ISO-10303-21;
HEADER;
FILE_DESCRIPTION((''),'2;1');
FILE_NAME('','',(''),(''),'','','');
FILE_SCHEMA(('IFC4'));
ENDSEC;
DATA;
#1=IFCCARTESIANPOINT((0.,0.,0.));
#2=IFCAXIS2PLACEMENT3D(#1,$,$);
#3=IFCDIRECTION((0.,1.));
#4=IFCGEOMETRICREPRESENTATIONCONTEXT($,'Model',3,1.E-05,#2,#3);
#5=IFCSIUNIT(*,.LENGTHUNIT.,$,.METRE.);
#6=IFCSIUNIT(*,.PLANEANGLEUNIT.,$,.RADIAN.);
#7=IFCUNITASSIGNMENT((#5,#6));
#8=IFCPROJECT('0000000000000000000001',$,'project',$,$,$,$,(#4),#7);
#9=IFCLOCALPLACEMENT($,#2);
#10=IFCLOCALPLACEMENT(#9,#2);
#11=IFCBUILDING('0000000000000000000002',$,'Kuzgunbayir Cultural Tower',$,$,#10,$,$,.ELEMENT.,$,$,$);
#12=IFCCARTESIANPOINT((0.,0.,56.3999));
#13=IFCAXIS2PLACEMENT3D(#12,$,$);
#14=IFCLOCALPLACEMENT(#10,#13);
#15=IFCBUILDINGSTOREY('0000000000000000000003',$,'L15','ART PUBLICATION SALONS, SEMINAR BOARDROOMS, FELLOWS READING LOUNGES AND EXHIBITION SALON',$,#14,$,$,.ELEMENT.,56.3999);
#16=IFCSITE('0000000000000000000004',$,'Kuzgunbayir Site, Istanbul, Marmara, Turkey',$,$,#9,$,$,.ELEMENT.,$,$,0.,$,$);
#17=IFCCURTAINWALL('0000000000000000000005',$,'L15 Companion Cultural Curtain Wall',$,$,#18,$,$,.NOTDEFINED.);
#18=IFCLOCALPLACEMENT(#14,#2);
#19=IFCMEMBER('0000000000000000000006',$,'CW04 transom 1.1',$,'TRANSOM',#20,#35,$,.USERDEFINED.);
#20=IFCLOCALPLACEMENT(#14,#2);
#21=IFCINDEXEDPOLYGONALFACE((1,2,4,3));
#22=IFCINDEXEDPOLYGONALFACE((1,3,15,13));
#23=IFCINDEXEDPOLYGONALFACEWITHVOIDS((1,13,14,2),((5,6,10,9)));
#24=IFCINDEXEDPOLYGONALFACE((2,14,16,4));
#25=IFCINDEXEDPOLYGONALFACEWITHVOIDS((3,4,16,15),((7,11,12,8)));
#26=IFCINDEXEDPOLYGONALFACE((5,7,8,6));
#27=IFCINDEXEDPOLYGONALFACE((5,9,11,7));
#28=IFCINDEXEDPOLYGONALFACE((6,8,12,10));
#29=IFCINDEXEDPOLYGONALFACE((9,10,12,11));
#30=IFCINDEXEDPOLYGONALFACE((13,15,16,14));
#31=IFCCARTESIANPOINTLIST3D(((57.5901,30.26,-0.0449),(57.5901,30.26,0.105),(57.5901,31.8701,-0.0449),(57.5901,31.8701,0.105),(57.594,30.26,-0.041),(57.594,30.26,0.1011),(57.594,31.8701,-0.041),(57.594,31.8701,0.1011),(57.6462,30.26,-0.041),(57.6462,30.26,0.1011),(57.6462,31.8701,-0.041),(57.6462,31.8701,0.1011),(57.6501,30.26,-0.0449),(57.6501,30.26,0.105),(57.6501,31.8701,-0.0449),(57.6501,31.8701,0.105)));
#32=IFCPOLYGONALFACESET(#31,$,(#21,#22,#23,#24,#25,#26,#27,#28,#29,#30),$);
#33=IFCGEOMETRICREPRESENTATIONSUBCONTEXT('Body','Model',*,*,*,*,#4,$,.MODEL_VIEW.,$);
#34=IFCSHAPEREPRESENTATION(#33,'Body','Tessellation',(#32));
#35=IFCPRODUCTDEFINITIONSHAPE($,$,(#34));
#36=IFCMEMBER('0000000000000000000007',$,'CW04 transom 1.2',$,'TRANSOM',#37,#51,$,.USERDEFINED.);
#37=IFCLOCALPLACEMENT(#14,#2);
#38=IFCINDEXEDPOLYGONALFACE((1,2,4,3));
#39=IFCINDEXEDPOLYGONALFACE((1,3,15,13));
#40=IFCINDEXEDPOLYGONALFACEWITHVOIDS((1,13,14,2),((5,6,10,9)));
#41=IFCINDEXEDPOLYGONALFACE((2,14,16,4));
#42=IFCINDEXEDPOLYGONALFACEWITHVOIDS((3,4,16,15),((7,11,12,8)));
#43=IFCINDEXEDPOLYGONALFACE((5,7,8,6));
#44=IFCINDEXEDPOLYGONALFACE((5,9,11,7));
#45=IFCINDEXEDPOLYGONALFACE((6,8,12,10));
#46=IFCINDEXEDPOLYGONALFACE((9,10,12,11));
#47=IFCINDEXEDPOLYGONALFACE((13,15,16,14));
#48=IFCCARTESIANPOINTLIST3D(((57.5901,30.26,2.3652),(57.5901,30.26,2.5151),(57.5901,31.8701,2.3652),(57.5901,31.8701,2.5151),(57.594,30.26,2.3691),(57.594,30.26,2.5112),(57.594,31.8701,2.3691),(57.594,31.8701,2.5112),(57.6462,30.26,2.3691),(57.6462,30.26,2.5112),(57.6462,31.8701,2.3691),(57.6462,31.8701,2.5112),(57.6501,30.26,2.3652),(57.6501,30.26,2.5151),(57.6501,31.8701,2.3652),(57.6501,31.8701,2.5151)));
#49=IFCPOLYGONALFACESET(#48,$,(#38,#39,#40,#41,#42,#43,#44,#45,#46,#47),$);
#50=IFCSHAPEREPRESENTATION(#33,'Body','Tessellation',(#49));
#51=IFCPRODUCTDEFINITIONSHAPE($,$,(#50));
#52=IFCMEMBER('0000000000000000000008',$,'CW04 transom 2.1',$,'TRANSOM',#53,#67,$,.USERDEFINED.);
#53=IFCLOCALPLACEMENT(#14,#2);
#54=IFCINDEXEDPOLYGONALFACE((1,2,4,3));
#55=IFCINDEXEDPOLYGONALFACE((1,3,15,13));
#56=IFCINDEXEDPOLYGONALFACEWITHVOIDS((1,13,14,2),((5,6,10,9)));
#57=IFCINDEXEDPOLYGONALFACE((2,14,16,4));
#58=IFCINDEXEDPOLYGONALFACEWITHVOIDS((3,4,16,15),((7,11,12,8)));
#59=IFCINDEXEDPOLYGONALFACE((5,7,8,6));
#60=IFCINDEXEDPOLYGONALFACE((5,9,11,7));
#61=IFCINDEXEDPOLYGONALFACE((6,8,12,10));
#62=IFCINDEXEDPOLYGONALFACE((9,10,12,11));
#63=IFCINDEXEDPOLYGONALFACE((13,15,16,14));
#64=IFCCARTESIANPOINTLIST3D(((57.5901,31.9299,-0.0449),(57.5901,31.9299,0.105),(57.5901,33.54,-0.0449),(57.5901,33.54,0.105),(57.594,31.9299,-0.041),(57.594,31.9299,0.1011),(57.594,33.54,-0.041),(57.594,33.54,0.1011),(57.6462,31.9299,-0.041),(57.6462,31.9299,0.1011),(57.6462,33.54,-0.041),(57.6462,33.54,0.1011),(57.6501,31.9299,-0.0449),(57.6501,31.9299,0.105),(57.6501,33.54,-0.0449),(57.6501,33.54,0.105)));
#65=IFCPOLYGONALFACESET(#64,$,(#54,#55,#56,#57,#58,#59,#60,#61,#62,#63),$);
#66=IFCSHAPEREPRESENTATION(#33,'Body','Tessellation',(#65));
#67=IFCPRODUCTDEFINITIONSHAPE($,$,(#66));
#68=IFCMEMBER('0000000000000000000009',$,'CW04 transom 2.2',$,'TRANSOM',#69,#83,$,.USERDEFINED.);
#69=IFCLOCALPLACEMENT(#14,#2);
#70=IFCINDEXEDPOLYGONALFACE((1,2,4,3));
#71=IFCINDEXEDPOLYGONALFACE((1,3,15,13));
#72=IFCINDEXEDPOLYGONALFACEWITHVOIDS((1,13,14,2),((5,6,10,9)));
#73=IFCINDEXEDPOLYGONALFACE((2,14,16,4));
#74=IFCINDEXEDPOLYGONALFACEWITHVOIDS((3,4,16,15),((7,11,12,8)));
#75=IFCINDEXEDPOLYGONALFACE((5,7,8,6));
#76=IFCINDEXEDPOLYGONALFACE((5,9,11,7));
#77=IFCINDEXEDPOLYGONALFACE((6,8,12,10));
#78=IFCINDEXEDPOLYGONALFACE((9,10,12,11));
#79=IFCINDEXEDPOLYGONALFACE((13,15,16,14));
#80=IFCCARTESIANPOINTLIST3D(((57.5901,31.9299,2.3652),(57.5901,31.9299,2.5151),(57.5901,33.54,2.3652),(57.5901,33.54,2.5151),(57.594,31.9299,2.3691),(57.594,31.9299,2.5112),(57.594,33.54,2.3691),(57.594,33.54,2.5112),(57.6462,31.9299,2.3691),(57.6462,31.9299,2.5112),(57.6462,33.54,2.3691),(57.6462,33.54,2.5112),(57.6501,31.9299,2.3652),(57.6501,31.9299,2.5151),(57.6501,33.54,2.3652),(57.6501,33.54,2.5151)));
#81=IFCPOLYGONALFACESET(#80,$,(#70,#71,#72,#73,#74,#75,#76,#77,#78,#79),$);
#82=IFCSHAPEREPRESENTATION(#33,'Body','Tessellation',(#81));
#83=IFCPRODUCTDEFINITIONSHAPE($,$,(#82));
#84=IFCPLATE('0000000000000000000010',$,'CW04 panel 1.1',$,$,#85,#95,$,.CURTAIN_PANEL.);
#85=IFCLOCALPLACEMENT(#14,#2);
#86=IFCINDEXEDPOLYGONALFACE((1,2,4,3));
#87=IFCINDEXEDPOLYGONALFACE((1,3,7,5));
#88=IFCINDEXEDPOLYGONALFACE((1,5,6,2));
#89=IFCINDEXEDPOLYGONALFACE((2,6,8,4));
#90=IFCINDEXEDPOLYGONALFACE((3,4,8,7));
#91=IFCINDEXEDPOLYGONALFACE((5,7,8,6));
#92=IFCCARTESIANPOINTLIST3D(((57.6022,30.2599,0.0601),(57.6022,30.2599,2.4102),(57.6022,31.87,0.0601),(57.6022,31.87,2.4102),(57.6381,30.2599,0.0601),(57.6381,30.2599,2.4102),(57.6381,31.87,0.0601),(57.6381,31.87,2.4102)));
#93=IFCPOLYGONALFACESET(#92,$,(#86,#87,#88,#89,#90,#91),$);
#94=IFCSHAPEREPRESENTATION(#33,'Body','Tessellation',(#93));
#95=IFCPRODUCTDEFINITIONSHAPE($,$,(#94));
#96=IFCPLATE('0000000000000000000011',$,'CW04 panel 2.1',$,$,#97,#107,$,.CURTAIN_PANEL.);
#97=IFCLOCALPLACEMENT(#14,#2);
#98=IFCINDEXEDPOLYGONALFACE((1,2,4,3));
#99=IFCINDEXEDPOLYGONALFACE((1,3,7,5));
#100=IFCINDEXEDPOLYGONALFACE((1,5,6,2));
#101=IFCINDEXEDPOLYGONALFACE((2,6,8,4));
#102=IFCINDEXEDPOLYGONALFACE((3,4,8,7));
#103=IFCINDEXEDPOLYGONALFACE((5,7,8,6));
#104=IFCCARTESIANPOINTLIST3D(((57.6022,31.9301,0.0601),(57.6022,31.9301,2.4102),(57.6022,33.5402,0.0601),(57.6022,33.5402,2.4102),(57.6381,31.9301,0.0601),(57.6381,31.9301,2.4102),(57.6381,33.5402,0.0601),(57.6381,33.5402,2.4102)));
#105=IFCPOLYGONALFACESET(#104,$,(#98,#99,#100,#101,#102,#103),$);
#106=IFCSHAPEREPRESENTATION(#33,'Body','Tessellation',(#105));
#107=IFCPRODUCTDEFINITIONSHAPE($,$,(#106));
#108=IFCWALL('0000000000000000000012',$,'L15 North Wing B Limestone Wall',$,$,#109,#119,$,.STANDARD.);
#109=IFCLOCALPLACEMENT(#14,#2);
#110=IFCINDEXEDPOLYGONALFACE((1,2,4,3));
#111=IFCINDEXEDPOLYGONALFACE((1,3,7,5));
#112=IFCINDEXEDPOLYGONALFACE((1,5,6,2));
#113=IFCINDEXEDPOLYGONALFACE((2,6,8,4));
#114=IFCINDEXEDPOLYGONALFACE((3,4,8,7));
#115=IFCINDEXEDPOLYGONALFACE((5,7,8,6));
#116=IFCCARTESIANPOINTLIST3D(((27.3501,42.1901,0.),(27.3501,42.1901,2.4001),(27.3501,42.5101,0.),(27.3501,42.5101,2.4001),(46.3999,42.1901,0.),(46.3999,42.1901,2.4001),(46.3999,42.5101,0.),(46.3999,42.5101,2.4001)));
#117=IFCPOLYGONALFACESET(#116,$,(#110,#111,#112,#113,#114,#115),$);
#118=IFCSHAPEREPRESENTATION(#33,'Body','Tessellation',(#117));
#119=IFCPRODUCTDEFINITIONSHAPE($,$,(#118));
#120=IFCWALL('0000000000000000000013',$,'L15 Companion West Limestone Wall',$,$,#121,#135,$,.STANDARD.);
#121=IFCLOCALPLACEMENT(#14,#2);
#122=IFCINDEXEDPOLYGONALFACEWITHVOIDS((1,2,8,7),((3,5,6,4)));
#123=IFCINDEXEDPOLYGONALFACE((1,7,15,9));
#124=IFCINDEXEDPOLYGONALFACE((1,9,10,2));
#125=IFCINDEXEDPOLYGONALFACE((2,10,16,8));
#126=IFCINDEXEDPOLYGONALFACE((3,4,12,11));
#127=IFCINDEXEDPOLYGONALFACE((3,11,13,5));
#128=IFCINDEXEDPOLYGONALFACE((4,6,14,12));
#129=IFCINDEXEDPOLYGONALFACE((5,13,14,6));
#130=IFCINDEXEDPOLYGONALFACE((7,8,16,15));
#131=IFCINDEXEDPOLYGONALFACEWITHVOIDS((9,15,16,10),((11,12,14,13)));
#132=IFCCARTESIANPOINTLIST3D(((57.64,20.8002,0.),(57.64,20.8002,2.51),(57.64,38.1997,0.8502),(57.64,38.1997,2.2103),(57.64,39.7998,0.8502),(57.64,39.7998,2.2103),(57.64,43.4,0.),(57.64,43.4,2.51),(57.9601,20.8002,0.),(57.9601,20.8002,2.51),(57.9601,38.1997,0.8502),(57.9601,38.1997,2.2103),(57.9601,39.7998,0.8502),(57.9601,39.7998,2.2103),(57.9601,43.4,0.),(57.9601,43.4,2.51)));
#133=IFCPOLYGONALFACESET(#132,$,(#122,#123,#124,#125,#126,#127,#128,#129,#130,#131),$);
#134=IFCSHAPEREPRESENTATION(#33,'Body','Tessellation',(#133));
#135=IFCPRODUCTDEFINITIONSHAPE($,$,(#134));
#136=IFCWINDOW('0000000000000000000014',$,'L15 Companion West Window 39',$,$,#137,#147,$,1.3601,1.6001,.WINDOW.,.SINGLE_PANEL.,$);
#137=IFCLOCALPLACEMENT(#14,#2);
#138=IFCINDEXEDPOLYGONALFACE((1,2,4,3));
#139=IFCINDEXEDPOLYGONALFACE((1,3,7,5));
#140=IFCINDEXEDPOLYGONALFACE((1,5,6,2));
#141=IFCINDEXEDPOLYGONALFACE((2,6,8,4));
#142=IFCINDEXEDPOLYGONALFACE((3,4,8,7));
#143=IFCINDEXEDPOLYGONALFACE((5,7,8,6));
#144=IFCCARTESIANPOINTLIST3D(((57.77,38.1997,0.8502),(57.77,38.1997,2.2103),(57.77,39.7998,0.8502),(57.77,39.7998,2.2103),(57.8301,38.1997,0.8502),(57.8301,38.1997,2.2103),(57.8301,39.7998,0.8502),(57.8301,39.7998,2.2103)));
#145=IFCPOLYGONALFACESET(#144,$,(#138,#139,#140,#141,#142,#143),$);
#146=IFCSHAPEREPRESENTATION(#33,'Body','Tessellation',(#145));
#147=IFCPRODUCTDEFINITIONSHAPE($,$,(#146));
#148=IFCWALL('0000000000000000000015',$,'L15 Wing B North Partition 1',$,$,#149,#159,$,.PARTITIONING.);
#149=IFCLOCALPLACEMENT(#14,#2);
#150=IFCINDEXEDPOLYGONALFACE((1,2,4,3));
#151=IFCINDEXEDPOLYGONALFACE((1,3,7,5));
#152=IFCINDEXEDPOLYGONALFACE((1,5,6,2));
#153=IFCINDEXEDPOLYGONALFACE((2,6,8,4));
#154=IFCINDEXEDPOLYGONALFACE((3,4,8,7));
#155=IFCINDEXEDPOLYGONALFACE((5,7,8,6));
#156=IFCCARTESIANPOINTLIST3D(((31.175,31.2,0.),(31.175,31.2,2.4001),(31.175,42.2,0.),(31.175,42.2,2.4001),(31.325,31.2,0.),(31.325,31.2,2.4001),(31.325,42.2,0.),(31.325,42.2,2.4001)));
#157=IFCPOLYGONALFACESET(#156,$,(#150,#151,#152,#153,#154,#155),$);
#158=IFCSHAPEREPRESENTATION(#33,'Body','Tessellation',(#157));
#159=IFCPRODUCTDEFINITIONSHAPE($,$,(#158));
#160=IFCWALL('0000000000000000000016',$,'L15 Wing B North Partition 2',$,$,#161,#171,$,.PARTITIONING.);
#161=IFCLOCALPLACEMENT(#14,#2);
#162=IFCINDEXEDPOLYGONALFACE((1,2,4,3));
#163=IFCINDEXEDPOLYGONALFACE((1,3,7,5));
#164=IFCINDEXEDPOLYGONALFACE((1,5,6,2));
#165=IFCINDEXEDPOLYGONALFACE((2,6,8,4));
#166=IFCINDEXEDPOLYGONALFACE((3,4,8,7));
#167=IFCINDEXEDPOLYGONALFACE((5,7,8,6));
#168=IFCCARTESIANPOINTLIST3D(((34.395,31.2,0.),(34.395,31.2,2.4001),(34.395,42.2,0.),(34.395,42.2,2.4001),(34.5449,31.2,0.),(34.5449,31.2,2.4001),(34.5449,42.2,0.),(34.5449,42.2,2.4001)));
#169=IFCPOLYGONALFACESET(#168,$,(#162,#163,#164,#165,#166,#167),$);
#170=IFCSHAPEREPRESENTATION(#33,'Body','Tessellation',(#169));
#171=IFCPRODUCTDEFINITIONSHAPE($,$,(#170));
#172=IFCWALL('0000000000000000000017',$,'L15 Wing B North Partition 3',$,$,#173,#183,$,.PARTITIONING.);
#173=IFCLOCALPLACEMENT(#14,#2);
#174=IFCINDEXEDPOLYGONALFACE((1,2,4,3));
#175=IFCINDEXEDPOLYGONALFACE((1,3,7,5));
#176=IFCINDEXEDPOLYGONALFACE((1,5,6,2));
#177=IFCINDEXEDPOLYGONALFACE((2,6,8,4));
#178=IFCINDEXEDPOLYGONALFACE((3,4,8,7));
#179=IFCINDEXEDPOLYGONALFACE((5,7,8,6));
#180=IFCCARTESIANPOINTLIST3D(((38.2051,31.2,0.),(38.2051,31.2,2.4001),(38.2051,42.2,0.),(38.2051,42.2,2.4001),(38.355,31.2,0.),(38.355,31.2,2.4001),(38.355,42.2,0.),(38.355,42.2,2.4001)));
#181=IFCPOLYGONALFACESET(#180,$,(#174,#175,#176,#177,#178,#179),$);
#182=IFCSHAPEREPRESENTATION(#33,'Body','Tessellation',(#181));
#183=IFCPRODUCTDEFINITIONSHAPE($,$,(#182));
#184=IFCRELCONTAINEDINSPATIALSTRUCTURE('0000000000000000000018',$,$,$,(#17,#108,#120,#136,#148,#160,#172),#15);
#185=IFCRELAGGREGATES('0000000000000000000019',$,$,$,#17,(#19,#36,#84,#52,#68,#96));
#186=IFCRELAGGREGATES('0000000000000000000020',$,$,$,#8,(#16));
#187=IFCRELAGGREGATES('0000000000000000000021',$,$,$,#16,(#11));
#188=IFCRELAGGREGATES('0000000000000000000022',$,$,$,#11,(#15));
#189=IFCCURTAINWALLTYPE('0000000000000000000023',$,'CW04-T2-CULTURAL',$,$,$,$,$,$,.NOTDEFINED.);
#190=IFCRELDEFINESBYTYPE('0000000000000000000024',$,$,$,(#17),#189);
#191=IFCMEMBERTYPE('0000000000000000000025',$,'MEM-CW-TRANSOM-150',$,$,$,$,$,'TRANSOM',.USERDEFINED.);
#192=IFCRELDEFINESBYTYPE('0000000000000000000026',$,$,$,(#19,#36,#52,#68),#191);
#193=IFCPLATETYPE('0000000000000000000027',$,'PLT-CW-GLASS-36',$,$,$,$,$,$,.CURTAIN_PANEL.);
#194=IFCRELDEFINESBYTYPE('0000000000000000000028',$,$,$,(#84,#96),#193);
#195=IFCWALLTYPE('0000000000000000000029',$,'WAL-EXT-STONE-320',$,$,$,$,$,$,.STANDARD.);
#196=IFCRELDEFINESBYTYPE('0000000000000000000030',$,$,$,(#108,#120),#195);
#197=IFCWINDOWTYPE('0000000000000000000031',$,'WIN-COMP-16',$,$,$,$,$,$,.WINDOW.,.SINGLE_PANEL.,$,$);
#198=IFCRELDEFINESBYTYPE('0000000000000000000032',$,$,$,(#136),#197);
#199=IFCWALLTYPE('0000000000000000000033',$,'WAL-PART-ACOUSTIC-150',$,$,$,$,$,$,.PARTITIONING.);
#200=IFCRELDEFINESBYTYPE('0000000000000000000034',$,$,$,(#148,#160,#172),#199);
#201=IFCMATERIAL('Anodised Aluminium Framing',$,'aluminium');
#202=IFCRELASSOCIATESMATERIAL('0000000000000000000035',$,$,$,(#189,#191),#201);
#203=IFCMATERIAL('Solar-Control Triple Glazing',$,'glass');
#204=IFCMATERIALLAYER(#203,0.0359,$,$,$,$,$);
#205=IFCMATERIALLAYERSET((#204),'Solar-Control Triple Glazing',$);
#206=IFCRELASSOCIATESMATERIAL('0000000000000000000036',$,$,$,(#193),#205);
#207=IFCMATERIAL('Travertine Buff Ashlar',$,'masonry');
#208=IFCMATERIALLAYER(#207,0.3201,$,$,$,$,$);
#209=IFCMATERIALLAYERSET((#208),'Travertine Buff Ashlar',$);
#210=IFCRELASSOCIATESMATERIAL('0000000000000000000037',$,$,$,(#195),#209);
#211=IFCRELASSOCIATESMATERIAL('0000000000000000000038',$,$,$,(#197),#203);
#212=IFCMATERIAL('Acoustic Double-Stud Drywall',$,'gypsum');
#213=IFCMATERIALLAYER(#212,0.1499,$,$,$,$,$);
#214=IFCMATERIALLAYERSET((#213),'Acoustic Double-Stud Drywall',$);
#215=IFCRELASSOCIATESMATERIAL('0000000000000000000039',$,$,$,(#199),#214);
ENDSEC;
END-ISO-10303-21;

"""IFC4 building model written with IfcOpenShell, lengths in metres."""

from ifc_helpers import new_model, si_unit, direction, frame, frame_2d, origin, origin_2d, place, context, subcontext, project, spatial, rectangle, hollow_rectangle, extrude, material, layer, layer_set, material_profile, profile_set, type_object, element, fill, aggregate, save


model = new_model("IFC4")

# Units and contexts
model_context = context("Model", 3, precision=1e-05, world=origin(), true_north=direction((0.0, 1.0)))
body_context = subcontext(model_context, "Body", "Model", "MODEL_VIEW")
ifc_project = project(units=[si_unit("LENGTHUNIT", "METRE"), si_unit("PLANEANGLEUNIT", "RADIAN")], contexts=[model_context])

# Site, building, storey
site_placement = place(None, origin())
site = spatial("IfcSite", under=ifc_project, at=site_placement, Name="Kuzgunbayir Site, Istanbul, Marmara, Turkey", CompositionType="ELEMENT", RefElevation=0.0)
building_placement = place(site_placement, origin())
building = spatial("IfcBuilding", under=site, at=building_placement, Name="Kuzgunbayir Cultural Tower", CompositionType="ELEMENT")
storey_placement = place(building_placement, frame((0.0, 0.0, 56.3999)))
storey = spatial("IfcBuildingStorey", under=building, at=storey_placement, Name="L15", Description="ART PUBLICATION SALONS, SEMINAR BOARDROOMS, FELLOWS READING LOUNGES AND EXHIBITION SALON", CompositionType="ELEMENT", Elevation=56.3999)

# Curtain wall, members, plates
ifc_material_1 = material(Name="Anodised Aluminium Framing", Category="aluminium")
curtain_wall_type = type_object("IfcCurtainWallType", Name="CW04-T2-CULTURAL", PredefinedType="NOTDEFINED", material=ifc_material_1)
curtain_wall_placement = place(storey_placement, origin())
curtain_wall = element("IfcCurtainWall", 1, at=curtain_wall_placement, inside=storey, type_object=curtain_wall_type, Name="L15 Companion Cultural Curtain Wall", PredefinedType="NOTDEFINED")
ifc_material_profile_1 = material_profile(ifc_material_1, hollow_rectangle(XDim=0.0601, YDim=0.1499, WallThickness=0.0039, at=origin_2d()), Name="RHS 150x60x4")
ifc_profile_set_1 = profile_set([ifc_material_profile_1], Name="Anodised Aluminium Framing")
member_type_1 = type_object("IfcMemberType", Name="MEM-CW-TRANSOM-150", ElementType="TRANSOM", PredefinedType="USERDEFINED", material=ifc_profile_set_1)
member_1_placement = place(storey_placement, frame((57.6201, 30.26, 0.03), z_axis=(0.0, 1.0, 0.0), x_axis=(-1.0, 0.0, 0.0)))
member_1 = element("IfcMember", 2, at=member_1_placement, type_object=member_type_1, Name="CW04 transom 1.1", ObjectType="TRANSOM", PredefinedType="USERDEFINED", context=body_context, shape_type="SweptSolid", body=[
    extrude(hollow_rectangle(XDim=0.0601, YDim=0.1499, WallThickness=0.0039, at=origin_2d()), origin(), (0.0, 0.0, 1.0), 1.6101),
])
member_2_placement = place(storey_placement, frame((57.6201, 30.26, 2.4402), z_axis=(0.0, 1.0, 0.0), x_axis=(-1.0, 0.0, 0.0)))
member_2 = element("IfcMember", 3, at=member_2_placement, type_object=member_type_1, Name="CW04 transom 1.2", ObjectType="TRANSOM", PredefinedType="USERDEFINED", context=body_context, shape_type="SweptSolid", body=[
    extrude(hollow_rectangle(XDim=0.0601, YDim=0.1499, WallThickness=0.0039, at=origin_2d()), origin(), (0.0, 0.0, 1.0), 1.6101),
])
member_3_placement = place(storey_placement, frame((57.6201, 31.9299, 0.03), z_axis=(0.0, 1.0, 0.0), x_axis=(-1.0, 0.0, 0.0)))
member_3 = element("IfcMember", 4, at=member_3_placement, type_object=member_type_1, Name="CW04 transom 2.1", ObjectType="TRANSOM", PredefinedType="USERDEFINED", context=body_context, shape_type="SweptSolid", body=[
    extrude(hollow_rectangle(XDim=0.0601, YDim=0.1499, WallThickness=0.0039, at=origin_2d()), origin(), (0.0, 0.0, 1.0), 1.6101),
])
member_4_placement = place(storey_placement, frame((57.6201, 31.9299, 2.4402), z_axis=(0.0, 1.0, 0.0), x_axis=(-1.0, 0.0, 0.0)))
member_4 = element("IfcMember", 5, at=member_4_placement, type_object=member_type_1, Name="CW04 transom 2.2", ObjectType="TRANSOM", PredefinedType="USERDEFINED", context=body_context, shape_type="SweptSolid", body=[
    extrude(hollow_rectangle(XDim=0.0601, YDim=0.1499, WallThickness=0.0039, at=origin_2d()), origin(), (0.0, 0.0, 1.0), 1.6101),
])
ifc_material_2 = material(Name="Solar-Control Triple Glazing", Category="glass")
ifc_layer_1 = layer(ifc_material_2, 0.0359)
ifc_layer_set_1 = layer_set([ifc_layer_1], Name="Solar-Control Triple Glazing")
plate_type = type_object("IfcPlateType", Name="PLT-CW-GLASS-36", PredefinedType="CURTAIN_PANEL", material=ifc_layer_set_1)
plate_1_placement = place(storey_placement, frame((57.6201, 31.0649, 0.0601), z_axis=(0.0, 0.0, 1.0), x_axis=(0.0, 1.0, 0.0)))
plate_1 = element("IfcPlate", 6, at=plate_1_placement, type_object=plate_type, Name="CW04 panel 1.1", PredefinedType="CURTAIN_PANEL", context=body_context, shape_type="SweptSolid", body=[
    extrude(rectangle(XDim=1.6101, YDim=0.0359, at=origin_2d()), origin(), (0.0, 0.0, 1.0), 2.3501),
])
plate_2_placement = place(storey_placement, frame((57.6201, 32.7351, 0.0601), z_axis=(0.0, 0.0, 1.0), x_axis=(0.0, 1.0, 0.0)))
plate_2 = element("IfcPlate", 7, at=plate_2_placement, type_object=plate_type, Name="CW04 panel 2.1", PredefinedType="CURTAIN_PANEL", context=body_context, shape_type="SweptSolid", body=[
    extrude(rectangle(XDim=1.6101, YDim=0.0359, at=origin_2d()), origin(), (0.0, 0.0, 1.0), 2.3501),
])
aggregate(curtain_wall, [member_1, member_2, plate_1, member_3, member_4, plate_2])

# Wall
ifc_material_3 = material(Name="Travertine Buff Ashlar", Category="masonry")
ifc_layer_2 = layer(ifc_material_3, 0.3201)
ifc_layer_set_2 = layer_set([ifc_layer_2], Name="Travertine Buff Ashlar")
wall_type_1 = type_object("IfcWallType", Name="WAL-EXT-STONE-320", PredefinedType="STANDARD", material=ifc_layer_set_2)
wall_1_placement = place(storey_placement, frame((46.3999, 42.3501, 0.0), z_axis=(0.0, 0.0, 1.0), x_axis=(-1.0, 0.0, 0.0)))
element("IfcWall", 8, at=wall_1_placement, inside=storey, type_object=wall_type_1, Name="L15 North Wing B Limestone Wall", PredefinedType="STANDARD", context=body_context, shape_type="SweptSolid", body=[
    extrude(rectangle(XDim=19.0498, YDim=0.3201, at=frame_2d((9.5249, 0.0))), origin(), (0.0, 0.0, 1.0), 2.4001),
])

# Wall, opening, window
wall_2_placement = place(storey_placement, frame((57.8, 43.3999, 0.0), z_axis=(0.0, 0.0, 1.0), x_axis=(0.0, -1.0, 0.0)))
wall_2 = element("IfcWall", 9, at=wall_2_placement, inside=storey, type_object=wall_type_1, Name="L15 Companion West Limestone Wall", PredefinedType="STANDARD", context=body_context, shape_type="SweptSolid", body=[
    extrude(rectangle(XDim=22.5999, YDim=0.3201, at=frame_2d((11.2998, 0.0))), origin(), (0.0, 0.0, 1.0), 2.51),
])
opening_placement = place(wall_2_placement, frame((3.6001, 0.0, 0.8501)))
opening = element("IfcOpeningElement", 10, at=opening_placement, cuts=wall_2, PredefinedType="OPENING", context=body_context, shape_type="SweptSolid", body=[
    extrude(rectangle(XDim=1.6001, YDim=1.3601, at=frame_2d((0.8, 0.6802))), frame((0.0, 0.1699, 0.0), z_axis=(0.0, -1.0, 0.0), x_axis=(1.0, 0.0, 0.0)), (0.0, 0.0, 1.0), 0.3401),
])
window_type = type_object("IfcWindowType", Name="WIN-COMP-16", PartitioningType="SINGLE_PANEL", PredefinedType="WINDOW", material=ifc_material_2)
window_placement = place(opening_placement, origin())
window = element("IfcWindow", 11, at=window_placement, inside=storey, type_object=window_type, Name="L15 Companion West Window 39", OverallHeight=1.3601, OverallWidth=1.6001, PartitioningType="SINGLE_PANEL", PredefinedType="WINDOW", context=body_context, shape_type="SweptSolid", body=[
    extrude(rectangle(XDim=1.6001, YDim=1.3601, at=frame_2d((0.8, 0.6802))), frame((0.0, 0.03, 0.0), z_axis=(0.0, -1.0, 0.0), x_axis=(1.0, 0.0, 0.0)), (0.0, 0.0, 1.0), 0.0601),
])
fill(opening, window)

# Walls
ifc_material_4 = material(Name="Acoustic Double-Stud Drywall", Category="gypsum")
ifc_layer_3 = layer(ifc_material_4, 0.1499)
ifc_layer_set_3 = layer_set([ifc_layer_3], Name="Acoustic Double-Stud Drywall")
wall_type_2 = type_object("IfcWallType", Name="WAL-PART-ACOUSTIC-150", PredefinedType="PARTITIONING", material=ifc_layer_set_3)
for number, where, z_axis, x_axis, name in (
    (12, (31.25, 31.2, 0.0), (0.0, 0.0, 1.0), (0.0, 1.0, 0.0), "L15 Wing B North Partition 1"),
    (13, (34.47, 31.2, 0.0), (0.0, 0.0, 1.0), (0.0, 1.0, 0.0), "L15 Wing B North Partition 2"),
    (14, (38.28, 31.2, 0.0), (0.0, 0.0, 1.0), (0.0, 1.0, 0.0), "L15 Wing B North Partition 3"),
):
    element("IfcWall", number, at=place(storey_placement, frame(where, z_axis=z_axis, x_axis=x_axis)), inside=storey, type_object=wall_type_2, Name=name, PredefinedType="PARTITIONING", context=body_context, shape_type="SweptSolid", body=[
        extrude(rectangle(XDim=11.0, YDim=0.1499, at=frame_2d((5.5, 0.0))), origin(), (0.0, 0.0, 1.0), 2.4001),
    ])

save(model, "model.ifc")
